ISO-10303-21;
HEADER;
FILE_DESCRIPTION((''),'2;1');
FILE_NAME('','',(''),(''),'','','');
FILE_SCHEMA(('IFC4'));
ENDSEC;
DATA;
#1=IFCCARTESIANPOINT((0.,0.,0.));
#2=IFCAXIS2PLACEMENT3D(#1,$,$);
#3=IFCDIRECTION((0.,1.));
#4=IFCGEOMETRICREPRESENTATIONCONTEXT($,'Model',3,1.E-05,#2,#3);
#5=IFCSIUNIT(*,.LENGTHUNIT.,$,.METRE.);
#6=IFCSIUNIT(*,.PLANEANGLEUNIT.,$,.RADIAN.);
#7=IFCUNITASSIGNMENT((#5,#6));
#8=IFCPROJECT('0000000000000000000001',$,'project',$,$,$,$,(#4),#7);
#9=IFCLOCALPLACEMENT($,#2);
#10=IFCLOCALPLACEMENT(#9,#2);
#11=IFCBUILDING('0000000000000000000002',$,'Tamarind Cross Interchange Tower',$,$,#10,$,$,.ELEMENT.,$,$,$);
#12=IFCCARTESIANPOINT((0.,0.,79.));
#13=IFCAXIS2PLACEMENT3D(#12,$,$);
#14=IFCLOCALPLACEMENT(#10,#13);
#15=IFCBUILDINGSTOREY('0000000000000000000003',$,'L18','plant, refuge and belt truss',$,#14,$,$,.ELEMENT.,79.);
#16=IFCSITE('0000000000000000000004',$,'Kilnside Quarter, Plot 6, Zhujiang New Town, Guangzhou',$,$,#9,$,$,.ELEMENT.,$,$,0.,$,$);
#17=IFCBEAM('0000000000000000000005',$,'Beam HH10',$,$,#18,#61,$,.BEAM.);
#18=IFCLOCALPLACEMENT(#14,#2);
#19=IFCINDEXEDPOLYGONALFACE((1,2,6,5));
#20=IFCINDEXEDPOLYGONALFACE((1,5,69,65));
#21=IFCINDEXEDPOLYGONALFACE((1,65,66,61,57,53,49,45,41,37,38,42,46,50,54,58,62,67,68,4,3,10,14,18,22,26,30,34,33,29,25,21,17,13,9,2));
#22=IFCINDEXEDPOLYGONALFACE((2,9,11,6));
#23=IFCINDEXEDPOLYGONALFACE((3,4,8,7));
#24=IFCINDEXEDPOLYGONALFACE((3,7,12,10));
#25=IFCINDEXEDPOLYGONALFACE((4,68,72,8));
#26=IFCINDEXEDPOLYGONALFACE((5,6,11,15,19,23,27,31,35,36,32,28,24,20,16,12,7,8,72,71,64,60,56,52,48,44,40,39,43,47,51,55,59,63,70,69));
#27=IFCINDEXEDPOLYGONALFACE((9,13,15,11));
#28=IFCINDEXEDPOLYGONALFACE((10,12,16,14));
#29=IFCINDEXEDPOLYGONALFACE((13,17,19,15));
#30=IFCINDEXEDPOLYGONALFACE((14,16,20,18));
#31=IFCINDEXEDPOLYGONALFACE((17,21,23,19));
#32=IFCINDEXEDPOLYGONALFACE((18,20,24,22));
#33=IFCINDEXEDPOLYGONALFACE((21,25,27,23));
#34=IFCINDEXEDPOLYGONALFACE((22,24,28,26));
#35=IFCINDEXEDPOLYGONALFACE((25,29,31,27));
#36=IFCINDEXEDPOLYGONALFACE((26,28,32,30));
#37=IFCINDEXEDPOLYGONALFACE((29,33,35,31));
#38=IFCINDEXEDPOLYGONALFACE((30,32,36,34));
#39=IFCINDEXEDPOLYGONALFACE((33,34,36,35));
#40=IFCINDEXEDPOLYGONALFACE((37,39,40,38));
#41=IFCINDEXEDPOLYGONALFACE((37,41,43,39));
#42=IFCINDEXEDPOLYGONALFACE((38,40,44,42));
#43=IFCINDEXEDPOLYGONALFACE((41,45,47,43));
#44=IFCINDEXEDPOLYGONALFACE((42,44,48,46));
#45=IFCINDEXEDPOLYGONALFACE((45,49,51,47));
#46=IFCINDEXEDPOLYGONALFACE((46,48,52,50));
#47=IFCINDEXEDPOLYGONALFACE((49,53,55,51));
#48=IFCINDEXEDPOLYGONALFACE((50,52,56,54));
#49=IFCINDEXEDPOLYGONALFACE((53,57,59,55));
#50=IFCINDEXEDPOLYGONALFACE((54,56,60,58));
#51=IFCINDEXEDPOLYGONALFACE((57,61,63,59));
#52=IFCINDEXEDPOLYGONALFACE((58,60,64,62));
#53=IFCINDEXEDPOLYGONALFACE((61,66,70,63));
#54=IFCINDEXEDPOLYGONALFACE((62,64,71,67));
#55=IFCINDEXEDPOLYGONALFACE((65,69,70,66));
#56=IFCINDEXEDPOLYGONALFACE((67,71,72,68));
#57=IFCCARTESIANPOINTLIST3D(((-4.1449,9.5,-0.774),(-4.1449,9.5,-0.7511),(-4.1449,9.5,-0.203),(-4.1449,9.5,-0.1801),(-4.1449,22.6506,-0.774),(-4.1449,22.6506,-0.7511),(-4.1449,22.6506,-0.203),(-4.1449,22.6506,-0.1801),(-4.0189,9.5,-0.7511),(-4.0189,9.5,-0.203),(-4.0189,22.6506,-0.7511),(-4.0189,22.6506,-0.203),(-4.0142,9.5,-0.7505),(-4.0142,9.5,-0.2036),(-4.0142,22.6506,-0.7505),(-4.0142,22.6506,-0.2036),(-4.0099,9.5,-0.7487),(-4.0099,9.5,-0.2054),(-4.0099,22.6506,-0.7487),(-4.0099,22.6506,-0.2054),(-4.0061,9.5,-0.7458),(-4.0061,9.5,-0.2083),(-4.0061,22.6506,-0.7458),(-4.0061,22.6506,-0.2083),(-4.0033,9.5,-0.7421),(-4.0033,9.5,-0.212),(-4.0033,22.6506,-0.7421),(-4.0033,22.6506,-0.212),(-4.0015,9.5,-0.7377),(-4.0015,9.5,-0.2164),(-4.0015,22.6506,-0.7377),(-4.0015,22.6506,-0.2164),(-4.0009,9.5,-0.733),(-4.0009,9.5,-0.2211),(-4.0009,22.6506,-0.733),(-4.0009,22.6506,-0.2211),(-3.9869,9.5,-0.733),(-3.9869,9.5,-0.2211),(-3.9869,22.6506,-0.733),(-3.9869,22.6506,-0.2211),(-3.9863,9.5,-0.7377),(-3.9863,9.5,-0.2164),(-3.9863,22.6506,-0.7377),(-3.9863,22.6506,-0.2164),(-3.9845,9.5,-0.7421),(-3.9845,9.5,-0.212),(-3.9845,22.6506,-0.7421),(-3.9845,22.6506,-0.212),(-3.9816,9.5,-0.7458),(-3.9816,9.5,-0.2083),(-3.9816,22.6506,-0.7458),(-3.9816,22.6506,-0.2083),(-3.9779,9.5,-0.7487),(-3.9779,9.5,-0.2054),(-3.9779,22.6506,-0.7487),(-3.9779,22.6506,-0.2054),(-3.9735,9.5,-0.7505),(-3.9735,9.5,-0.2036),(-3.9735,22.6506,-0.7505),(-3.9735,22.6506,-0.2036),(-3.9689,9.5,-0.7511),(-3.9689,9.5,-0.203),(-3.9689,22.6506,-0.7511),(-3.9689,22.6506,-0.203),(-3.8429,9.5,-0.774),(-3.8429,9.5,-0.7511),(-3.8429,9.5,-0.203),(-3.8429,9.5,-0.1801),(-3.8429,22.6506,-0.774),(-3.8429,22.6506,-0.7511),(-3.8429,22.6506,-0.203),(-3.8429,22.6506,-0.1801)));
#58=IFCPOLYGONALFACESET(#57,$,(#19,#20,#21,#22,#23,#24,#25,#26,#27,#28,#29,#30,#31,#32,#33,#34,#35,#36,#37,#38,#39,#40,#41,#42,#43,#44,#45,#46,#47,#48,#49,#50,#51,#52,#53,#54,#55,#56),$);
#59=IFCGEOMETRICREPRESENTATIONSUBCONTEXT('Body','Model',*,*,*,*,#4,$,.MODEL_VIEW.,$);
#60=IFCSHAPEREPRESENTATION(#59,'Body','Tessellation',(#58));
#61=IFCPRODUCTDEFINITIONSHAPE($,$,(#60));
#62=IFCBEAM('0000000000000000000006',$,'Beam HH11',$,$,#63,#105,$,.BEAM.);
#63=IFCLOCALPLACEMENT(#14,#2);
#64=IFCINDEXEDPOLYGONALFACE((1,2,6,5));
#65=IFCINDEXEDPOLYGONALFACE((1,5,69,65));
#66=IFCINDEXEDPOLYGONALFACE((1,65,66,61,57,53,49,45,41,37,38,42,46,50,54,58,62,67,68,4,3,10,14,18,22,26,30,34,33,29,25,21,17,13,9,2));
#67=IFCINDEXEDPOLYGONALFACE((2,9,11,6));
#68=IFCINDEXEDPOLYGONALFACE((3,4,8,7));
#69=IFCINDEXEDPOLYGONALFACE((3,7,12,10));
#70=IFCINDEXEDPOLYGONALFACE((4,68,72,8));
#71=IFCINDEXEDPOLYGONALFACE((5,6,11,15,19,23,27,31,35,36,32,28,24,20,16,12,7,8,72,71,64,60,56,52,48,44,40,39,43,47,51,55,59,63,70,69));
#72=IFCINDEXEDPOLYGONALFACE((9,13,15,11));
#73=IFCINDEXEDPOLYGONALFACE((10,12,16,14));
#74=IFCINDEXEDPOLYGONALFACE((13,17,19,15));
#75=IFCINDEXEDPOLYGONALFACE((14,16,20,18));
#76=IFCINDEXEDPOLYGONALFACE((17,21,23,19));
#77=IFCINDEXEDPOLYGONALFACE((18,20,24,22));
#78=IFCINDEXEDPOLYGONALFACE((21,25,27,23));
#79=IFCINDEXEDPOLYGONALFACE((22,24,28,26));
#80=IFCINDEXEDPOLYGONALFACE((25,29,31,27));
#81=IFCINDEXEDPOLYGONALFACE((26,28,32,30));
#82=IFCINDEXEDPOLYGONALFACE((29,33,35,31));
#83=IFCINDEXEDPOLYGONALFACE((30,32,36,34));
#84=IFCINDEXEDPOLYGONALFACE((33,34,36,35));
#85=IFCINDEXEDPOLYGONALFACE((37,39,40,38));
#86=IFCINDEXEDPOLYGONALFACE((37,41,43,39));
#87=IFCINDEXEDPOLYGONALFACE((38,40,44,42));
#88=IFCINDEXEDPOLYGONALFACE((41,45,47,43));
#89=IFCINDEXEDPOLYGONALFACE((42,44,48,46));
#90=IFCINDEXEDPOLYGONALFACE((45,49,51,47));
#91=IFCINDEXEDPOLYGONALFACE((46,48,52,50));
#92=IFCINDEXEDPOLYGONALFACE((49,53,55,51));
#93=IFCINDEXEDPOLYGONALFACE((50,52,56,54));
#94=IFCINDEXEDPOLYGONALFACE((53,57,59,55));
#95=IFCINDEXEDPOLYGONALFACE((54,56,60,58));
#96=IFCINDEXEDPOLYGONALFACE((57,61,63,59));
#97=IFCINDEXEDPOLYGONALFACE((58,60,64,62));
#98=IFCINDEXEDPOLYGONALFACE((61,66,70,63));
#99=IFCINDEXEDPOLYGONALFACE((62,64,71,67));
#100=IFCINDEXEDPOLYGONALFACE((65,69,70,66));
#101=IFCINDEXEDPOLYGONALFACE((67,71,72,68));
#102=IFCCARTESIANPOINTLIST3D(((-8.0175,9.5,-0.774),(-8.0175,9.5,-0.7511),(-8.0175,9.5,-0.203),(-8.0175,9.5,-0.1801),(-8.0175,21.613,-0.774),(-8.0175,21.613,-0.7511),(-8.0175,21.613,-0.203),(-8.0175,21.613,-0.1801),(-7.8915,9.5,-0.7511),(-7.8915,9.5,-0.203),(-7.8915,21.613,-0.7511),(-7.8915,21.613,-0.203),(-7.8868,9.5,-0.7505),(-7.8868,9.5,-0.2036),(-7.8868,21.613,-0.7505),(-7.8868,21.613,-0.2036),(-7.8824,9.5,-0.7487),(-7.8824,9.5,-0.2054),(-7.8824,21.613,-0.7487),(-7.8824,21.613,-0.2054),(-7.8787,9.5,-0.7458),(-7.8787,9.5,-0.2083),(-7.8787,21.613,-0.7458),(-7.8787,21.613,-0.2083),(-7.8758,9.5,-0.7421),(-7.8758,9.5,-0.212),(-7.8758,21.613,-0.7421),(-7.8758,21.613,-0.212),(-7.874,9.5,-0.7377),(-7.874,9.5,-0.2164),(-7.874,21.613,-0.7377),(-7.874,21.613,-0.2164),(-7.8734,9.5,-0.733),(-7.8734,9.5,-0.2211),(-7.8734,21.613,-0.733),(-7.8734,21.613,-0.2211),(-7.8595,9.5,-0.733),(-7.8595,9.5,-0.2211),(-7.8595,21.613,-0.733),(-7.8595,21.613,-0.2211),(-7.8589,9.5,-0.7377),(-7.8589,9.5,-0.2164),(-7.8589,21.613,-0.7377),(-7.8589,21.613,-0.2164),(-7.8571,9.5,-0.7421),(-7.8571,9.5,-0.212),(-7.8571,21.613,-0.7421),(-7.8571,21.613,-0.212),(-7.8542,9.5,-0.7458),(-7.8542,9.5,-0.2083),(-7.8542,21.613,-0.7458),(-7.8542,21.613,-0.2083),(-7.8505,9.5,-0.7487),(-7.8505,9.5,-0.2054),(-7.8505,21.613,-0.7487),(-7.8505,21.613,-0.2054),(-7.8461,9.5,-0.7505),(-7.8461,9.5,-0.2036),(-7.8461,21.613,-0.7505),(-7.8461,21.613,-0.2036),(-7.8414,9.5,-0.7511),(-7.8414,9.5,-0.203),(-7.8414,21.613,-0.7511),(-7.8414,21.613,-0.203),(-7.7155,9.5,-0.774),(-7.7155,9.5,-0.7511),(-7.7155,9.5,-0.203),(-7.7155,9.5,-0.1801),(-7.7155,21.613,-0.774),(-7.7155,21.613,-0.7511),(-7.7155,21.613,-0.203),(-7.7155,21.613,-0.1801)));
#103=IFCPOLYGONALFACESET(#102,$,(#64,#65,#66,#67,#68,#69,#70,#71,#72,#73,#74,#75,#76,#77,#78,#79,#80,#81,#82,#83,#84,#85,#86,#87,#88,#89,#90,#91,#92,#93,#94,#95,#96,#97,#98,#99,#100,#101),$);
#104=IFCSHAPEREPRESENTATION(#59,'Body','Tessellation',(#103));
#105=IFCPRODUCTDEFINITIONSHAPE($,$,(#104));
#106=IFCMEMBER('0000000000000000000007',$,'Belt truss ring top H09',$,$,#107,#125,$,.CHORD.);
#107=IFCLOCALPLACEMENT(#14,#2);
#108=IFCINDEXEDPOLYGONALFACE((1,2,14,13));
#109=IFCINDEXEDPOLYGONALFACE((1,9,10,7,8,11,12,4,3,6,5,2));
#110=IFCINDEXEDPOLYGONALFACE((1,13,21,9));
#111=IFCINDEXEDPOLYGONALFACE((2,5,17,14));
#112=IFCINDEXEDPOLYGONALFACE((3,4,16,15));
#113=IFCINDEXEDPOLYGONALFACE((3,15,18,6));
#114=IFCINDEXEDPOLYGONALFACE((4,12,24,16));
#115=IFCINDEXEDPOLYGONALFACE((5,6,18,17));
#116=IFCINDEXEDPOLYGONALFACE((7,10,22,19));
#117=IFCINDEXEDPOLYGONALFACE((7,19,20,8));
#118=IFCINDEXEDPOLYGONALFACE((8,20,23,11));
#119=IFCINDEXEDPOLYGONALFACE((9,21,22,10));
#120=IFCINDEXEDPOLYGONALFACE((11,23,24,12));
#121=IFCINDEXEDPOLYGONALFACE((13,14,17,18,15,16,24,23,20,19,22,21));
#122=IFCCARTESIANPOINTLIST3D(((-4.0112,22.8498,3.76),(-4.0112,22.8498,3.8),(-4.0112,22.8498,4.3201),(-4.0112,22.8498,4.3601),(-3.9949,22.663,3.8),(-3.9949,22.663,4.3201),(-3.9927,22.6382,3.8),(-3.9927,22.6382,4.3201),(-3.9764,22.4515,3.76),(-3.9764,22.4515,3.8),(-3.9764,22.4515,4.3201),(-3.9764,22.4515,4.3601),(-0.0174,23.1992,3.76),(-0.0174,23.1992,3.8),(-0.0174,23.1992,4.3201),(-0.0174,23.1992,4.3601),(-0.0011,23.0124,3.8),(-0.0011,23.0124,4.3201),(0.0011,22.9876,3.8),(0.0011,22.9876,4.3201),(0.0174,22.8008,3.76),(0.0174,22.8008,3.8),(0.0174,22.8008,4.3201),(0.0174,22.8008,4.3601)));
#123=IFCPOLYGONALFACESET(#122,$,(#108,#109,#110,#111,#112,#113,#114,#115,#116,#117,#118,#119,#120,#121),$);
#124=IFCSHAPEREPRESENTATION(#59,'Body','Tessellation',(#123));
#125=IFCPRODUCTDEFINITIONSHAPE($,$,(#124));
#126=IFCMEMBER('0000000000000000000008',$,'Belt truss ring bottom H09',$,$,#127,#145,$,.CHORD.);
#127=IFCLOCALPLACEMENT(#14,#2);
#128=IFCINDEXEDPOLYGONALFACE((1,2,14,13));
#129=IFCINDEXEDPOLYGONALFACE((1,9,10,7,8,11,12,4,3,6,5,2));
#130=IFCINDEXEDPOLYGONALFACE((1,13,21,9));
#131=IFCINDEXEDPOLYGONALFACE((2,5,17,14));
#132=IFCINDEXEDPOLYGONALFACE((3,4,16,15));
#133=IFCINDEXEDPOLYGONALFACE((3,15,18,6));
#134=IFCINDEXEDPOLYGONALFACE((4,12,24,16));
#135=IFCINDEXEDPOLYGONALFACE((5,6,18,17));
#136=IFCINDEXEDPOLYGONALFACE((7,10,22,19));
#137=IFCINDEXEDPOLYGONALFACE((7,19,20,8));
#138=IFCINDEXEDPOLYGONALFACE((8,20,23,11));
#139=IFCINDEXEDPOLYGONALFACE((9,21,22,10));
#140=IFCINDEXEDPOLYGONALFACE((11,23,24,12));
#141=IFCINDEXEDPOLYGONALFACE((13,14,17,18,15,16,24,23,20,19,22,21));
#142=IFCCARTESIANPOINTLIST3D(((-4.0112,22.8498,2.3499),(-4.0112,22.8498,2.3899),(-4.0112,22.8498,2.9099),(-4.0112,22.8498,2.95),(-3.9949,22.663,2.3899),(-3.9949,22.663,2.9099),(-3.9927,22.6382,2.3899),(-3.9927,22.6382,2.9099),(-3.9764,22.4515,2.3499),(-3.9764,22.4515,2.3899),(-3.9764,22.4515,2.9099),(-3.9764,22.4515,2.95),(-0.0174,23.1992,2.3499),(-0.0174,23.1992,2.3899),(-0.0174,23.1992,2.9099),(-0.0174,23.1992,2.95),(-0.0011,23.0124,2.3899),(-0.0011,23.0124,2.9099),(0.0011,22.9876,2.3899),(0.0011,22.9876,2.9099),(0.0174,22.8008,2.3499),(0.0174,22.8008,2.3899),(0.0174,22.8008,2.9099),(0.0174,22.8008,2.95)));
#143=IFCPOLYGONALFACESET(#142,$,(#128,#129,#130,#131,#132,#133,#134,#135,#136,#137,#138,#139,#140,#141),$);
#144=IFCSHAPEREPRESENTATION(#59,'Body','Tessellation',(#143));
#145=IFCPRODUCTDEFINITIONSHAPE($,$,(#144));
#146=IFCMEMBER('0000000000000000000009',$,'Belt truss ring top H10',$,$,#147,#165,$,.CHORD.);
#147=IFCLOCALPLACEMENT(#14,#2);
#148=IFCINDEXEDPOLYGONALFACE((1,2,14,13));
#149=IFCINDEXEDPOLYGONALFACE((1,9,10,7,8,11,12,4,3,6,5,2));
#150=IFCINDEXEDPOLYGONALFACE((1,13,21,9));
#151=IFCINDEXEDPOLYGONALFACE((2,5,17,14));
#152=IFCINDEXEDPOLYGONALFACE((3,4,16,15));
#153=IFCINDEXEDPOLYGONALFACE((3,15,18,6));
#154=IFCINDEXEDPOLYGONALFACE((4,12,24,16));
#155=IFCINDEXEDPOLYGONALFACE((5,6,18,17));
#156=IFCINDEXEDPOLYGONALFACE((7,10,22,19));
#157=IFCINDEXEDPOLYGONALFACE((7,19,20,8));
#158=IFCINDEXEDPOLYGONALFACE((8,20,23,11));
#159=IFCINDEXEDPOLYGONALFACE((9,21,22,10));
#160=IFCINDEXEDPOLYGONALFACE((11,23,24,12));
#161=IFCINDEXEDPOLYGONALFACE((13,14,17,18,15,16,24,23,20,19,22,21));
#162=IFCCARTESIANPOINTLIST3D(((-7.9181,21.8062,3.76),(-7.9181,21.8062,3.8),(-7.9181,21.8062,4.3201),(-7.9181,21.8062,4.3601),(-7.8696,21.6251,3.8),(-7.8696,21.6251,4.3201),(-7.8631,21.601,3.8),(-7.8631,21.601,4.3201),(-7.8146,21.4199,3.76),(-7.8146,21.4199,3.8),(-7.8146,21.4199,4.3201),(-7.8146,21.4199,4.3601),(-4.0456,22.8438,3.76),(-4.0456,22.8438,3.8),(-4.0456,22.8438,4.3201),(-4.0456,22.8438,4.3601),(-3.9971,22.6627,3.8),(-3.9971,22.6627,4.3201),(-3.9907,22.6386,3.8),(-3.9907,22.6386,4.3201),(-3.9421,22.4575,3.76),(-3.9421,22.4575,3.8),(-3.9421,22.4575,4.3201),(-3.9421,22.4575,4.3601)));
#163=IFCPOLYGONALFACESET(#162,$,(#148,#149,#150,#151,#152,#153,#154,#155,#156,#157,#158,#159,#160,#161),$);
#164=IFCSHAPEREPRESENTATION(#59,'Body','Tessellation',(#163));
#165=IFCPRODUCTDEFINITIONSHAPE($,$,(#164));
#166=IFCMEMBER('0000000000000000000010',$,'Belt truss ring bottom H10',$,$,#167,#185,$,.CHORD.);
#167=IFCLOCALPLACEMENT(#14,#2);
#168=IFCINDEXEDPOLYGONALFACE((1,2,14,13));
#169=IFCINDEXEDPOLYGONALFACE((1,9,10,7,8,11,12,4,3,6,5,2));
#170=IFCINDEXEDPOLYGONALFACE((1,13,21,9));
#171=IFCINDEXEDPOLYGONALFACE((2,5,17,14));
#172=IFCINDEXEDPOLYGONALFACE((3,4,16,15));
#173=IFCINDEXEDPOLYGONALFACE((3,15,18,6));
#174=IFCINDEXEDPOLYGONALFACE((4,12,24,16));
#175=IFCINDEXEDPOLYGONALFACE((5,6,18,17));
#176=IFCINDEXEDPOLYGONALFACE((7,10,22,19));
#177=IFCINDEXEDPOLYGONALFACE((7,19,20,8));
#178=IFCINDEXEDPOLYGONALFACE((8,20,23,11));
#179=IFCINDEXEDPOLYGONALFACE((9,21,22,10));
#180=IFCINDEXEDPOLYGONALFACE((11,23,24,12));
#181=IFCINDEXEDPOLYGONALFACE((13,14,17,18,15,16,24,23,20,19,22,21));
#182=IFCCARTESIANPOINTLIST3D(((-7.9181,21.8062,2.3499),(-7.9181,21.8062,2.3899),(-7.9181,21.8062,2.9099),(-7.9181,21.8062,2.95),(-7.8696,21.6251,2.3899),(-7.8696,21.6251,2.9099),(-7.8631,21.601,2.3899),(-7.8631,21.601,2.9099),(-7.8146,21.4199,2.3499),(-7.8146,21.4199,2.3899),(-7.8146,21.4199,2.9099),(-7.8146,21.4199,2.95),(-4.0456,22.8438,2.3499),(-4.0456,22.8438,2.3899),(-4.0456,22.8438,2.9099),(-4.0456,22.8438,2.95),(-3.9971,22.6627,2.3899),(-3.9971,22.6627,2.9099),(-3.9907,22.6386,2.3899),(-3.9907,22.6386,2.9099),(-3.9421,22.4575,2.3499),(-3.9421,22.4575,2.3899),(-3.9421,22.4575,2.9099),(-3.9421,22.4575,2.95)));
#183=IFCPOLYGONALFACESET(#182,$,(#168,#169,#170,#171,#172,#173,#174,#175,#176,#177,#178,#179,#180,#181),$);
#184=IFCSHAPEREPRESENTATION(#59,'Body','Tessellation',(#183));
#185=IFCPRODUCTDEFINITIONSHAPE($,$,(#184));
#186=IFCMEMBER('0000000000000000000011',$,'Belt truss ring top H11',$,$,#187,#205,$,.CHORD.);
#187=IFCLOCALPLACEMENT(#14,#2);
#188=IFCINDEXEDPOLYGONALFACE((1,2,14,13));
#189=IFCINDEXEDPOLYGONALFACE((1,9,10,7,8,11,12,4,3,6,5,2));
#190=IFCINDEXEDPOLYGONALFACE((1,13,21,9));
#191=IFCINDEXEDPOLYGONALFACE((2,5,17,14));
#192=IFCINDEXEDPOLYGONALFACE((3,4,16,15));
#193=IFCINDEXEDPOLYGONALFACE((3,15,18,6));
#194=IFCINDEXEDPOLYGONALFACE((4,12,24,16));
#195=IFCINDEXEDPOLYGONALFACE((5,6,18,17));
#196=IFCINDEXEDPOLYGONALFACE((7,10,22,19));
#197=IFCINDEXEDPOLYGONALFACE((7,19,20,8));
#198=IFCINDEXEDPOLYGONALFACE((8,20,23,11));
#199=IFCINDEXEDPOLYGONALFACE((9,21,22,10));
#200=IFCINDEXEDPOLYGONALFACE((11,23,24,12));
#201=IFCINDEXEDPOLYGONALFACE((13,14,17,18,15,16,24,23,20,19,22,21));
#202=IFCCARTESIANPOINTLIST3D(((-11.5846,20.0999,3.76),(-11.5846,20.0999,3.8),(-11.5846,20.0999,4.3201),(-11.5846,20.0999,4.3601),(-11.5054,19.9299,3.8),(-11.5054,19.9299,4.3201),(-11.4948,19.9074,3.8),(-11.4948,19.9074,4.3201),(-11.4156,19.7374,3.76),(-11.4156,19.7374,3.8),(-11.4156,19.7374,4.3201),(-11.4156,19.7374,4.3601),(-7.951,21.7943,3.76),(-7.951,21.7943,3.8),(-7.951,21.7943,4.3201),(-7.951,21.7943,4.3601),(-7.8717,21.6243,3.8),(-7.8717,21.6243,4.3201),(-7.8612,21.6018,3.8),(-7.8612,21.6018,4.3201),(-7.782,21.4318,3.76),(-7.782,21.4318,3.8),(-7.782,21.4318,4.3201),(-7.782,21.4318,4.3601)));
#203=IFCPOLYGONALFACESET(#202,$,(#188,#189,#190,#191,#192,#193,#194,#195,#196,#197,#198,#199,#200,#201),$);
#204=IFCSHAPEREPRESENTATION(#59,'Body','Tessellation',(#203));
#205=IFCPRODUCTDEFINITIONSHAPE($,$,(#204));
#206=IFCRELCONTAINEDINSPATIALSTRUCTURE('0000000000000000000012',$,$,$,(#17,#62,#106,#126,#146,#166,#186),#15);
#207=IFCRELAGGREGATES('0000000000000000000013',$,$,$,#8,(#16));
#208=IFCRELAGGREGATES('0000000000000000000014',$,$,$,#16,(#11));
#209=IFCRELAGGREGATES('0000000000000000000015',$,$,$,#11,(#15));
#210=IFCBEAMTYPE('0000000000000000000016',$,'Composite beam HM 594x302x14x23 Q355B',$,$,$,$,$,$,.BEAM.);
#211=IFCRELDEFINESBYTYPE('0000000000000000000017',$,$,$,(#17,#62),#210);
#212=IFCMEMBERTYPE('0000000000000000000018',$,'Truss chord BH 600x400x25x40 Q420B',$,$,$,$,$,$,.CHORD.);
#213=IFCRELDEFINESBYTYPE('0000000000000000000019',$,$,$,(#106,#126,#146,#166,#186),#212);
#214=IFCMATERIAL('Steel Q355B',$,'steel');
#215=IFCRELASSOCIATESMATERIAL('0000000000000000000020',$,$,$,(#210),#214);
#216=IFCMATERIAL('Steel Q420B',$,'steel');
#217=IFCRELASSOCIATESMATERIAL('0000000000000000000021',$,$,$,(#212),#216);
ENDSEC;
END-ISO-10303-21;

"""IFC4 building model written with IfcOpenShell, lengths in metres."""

from ifc_helpers import new_model, si_unit, direction, frame, origin, origin_2d, place, context, subcontext, project, spatial, i_section, extrude, material, material_profile, profile_set, type_object, element, save


model = new_model("IFC4")

# Units and contexts
model_context = context("Model", 3, precision=1e-05, world=origin(), true_north=direction((0.0, 1.0)))
body_context = subcontext(model_context, "Body", "Model", "MODEL_VIEW")
ifc_project = project(units=[si_unit("LENGTHUNIT", "METRE"), si_unit("PLANEANGLEUNIT", "RADIAN")], contexts=[model_context])

# Site, building, storey
site_placement = place(None, origin())
site = spatial("IfcSite", under=ifc_project, at=site_placement, Name="Kilnside Quarter, Plot 6, Zhujiang New Town, Guangzhou", CompositionType="ELEMENT", RefElevation=0.0)
building_placement = place(site_placement, origin())
building = spatial("IfcBuilding", under=site, at=building_placement, Name="Tamarind Cross Interchange Tower", CompositionType="ELEMENT")
storey_placement = place(building_placement, frame((0.0, 0.0, 79.0)))
storey = spatial("IfcBuildingStorey", under=building, at=storey_placement, Name="L18", Description="plant, refuge and belt truss", CompositionType="ELEMENT", Elevation=79.0)

# Beams
ifc_material_1 = material(Name="Steel Q355B", Category="steel")
ifc_material_profile_1 = material_profile(ifc_material_1, i_section(OverallWidth=0.302, OverallDepth=0.594, WebThickness=0.0139, FlangeThickness=0.0229, FilletRadius=0.0181, at=origin_2d()), Name="HM 594x302x14x23")
ifc_profile_set_1 = profile_set([ifc_material_profile_1], Name="Steel Q355B")
beam_type = type_object("IfcBeamType", Name="Composite beam HM 594x302x14x23 Q355B", PredefinedType="BEAM", material=ifc_profile_set_1)
beam_1_placement = place(storey_placement, frame((-3.9939, 22.6506, -0.4771), z_axis=(0.0, -1.0, 0.0), x_axis=(1.0, 0.0, 0.0)))
element("IfcBeam", 1, at=beam_1_placement, inside=storey, type_object=beam_type, Name="Beam HH10", PredefinedType="BEAM", context=body_context, shape_type="SweptSolid", body=[
    extrude(i_section(OverallWidth=0.302, OverallDepth=0.594, WebThickness=0.0139, FlangeThickness=0.0229, FilletRadius=0.0181, at=origin_2d()), origin(), (0.0, 0.0, 1.0), 13.1506),
])
beam_2_placement = place(storey_placement, frame((-7.8665, 21.613, -0.4771), z_axis=(0.0, -1.0, 0.0), x_axis=(1.0, 0.0, 0.0)))
element("IfcBeam", 2, at=beam_2_placement, inside=storey, type_object=beam_type, Name="Beam HH11", PredefinedType="BEAM", context=body_context, shape_type="SweptSolid", body=[
    extrude(i_section(OverallWidth=0.302, OverallDepth=0.594, WebThickness=0.0139, FlangeThickness=0.0229, FilletRadius=0.0181, at=origin_2d()), origin(), (0.0, 0.0, 1.0), 12.113),
])

# Members
ifc_material_2 = material(Name="Steel Q420B", Category="steel")
ifc_material_profile_2 = material_profile(ifc_material_2, i_section(OverallWidth=0.3999, OverallDepth=0.6001, WebThickness=0.0249, FlangeThickness=0.04, at=origin_2d()), Name="BH 600x400x25x40")
ifc_profile_set_2 = profile_set([ifc_material_profile_2], Name="Steel Q420B")
member_type_1 = type_object("IfcMemberType", Name="Truss chord BH 600x400x25x40 Q420B", PredefinedType="CHORD", material=ifc_profile_set_2)
for number, where, z_axis, x_axis, name in (
    (3, (0.0, 23.0, 4.0601), (-0.996196, -0.087142, 0.0), (0.087142, -0.996196, 0.0), "Belt truss ring top H09"),
    (4, (0.0, 23.0, 2.6499), (-0.996196, -0.087142, 0.0), (0.087142, -0.996196, 0.0), "Belt truss ring bottom H09"),
    (5, (-3.9939, 22.6506, 4.0601), (-0.965929, -0.258807, 0.0), (0.258807, -0.965929, 0.0), "Belt truss ring top H10"),
    (6, (-3.9939, 22.6506, 2.6499), (-0.965929, -0.258807, 0.0), (0.258807, -0.965929, 0.0), "Belt truss ring bottom H10"),
):
    element("IfcMember", number, at=place(storey_placement, frame(where, z_axis=z_axis, x_axis=x_axis)), inside=storey, type_object=member_type_1, Name=name, PredefinedType="CHORD", context=body_context, shape_type="SweptSolid", body=[
        extrude(i_section(OverallWidth=0.3999, OverallDepth=0.6001, WebThickness=0.0249, FlangeThickness=0.04, at=origin_2d()), origin(), (0.0, 0.0, 1.0), 4.009),
    ])
for number, where, z_axis, x_axis, name in (
    (7, (-7.8665, 21.613, 4.0601), (-0.906309, -0.422615, 0.0), (0.422615, -0.906309, 0.0), "Belt truss ring top H11"),
):
    element("IfcMember", number, at=place(storey_placement, frame(where, z_axis=z_axis, x_axis=x_axis)), inside=storey, type_object=member_type_1, Name=name, PredefinedType="CHORD", context=body_context, shape_type="SweptSolid", body=[
        extrude(i_section(OverallWidth=0.3999, OverallDepth=0.6001, WebThickness=0.0249, FlangeThickness=0.04, at=origin_2d()), origin(), (0.0, 0.0, 1.0), 4.0093),
    ])

save(model, "model.ifc")
